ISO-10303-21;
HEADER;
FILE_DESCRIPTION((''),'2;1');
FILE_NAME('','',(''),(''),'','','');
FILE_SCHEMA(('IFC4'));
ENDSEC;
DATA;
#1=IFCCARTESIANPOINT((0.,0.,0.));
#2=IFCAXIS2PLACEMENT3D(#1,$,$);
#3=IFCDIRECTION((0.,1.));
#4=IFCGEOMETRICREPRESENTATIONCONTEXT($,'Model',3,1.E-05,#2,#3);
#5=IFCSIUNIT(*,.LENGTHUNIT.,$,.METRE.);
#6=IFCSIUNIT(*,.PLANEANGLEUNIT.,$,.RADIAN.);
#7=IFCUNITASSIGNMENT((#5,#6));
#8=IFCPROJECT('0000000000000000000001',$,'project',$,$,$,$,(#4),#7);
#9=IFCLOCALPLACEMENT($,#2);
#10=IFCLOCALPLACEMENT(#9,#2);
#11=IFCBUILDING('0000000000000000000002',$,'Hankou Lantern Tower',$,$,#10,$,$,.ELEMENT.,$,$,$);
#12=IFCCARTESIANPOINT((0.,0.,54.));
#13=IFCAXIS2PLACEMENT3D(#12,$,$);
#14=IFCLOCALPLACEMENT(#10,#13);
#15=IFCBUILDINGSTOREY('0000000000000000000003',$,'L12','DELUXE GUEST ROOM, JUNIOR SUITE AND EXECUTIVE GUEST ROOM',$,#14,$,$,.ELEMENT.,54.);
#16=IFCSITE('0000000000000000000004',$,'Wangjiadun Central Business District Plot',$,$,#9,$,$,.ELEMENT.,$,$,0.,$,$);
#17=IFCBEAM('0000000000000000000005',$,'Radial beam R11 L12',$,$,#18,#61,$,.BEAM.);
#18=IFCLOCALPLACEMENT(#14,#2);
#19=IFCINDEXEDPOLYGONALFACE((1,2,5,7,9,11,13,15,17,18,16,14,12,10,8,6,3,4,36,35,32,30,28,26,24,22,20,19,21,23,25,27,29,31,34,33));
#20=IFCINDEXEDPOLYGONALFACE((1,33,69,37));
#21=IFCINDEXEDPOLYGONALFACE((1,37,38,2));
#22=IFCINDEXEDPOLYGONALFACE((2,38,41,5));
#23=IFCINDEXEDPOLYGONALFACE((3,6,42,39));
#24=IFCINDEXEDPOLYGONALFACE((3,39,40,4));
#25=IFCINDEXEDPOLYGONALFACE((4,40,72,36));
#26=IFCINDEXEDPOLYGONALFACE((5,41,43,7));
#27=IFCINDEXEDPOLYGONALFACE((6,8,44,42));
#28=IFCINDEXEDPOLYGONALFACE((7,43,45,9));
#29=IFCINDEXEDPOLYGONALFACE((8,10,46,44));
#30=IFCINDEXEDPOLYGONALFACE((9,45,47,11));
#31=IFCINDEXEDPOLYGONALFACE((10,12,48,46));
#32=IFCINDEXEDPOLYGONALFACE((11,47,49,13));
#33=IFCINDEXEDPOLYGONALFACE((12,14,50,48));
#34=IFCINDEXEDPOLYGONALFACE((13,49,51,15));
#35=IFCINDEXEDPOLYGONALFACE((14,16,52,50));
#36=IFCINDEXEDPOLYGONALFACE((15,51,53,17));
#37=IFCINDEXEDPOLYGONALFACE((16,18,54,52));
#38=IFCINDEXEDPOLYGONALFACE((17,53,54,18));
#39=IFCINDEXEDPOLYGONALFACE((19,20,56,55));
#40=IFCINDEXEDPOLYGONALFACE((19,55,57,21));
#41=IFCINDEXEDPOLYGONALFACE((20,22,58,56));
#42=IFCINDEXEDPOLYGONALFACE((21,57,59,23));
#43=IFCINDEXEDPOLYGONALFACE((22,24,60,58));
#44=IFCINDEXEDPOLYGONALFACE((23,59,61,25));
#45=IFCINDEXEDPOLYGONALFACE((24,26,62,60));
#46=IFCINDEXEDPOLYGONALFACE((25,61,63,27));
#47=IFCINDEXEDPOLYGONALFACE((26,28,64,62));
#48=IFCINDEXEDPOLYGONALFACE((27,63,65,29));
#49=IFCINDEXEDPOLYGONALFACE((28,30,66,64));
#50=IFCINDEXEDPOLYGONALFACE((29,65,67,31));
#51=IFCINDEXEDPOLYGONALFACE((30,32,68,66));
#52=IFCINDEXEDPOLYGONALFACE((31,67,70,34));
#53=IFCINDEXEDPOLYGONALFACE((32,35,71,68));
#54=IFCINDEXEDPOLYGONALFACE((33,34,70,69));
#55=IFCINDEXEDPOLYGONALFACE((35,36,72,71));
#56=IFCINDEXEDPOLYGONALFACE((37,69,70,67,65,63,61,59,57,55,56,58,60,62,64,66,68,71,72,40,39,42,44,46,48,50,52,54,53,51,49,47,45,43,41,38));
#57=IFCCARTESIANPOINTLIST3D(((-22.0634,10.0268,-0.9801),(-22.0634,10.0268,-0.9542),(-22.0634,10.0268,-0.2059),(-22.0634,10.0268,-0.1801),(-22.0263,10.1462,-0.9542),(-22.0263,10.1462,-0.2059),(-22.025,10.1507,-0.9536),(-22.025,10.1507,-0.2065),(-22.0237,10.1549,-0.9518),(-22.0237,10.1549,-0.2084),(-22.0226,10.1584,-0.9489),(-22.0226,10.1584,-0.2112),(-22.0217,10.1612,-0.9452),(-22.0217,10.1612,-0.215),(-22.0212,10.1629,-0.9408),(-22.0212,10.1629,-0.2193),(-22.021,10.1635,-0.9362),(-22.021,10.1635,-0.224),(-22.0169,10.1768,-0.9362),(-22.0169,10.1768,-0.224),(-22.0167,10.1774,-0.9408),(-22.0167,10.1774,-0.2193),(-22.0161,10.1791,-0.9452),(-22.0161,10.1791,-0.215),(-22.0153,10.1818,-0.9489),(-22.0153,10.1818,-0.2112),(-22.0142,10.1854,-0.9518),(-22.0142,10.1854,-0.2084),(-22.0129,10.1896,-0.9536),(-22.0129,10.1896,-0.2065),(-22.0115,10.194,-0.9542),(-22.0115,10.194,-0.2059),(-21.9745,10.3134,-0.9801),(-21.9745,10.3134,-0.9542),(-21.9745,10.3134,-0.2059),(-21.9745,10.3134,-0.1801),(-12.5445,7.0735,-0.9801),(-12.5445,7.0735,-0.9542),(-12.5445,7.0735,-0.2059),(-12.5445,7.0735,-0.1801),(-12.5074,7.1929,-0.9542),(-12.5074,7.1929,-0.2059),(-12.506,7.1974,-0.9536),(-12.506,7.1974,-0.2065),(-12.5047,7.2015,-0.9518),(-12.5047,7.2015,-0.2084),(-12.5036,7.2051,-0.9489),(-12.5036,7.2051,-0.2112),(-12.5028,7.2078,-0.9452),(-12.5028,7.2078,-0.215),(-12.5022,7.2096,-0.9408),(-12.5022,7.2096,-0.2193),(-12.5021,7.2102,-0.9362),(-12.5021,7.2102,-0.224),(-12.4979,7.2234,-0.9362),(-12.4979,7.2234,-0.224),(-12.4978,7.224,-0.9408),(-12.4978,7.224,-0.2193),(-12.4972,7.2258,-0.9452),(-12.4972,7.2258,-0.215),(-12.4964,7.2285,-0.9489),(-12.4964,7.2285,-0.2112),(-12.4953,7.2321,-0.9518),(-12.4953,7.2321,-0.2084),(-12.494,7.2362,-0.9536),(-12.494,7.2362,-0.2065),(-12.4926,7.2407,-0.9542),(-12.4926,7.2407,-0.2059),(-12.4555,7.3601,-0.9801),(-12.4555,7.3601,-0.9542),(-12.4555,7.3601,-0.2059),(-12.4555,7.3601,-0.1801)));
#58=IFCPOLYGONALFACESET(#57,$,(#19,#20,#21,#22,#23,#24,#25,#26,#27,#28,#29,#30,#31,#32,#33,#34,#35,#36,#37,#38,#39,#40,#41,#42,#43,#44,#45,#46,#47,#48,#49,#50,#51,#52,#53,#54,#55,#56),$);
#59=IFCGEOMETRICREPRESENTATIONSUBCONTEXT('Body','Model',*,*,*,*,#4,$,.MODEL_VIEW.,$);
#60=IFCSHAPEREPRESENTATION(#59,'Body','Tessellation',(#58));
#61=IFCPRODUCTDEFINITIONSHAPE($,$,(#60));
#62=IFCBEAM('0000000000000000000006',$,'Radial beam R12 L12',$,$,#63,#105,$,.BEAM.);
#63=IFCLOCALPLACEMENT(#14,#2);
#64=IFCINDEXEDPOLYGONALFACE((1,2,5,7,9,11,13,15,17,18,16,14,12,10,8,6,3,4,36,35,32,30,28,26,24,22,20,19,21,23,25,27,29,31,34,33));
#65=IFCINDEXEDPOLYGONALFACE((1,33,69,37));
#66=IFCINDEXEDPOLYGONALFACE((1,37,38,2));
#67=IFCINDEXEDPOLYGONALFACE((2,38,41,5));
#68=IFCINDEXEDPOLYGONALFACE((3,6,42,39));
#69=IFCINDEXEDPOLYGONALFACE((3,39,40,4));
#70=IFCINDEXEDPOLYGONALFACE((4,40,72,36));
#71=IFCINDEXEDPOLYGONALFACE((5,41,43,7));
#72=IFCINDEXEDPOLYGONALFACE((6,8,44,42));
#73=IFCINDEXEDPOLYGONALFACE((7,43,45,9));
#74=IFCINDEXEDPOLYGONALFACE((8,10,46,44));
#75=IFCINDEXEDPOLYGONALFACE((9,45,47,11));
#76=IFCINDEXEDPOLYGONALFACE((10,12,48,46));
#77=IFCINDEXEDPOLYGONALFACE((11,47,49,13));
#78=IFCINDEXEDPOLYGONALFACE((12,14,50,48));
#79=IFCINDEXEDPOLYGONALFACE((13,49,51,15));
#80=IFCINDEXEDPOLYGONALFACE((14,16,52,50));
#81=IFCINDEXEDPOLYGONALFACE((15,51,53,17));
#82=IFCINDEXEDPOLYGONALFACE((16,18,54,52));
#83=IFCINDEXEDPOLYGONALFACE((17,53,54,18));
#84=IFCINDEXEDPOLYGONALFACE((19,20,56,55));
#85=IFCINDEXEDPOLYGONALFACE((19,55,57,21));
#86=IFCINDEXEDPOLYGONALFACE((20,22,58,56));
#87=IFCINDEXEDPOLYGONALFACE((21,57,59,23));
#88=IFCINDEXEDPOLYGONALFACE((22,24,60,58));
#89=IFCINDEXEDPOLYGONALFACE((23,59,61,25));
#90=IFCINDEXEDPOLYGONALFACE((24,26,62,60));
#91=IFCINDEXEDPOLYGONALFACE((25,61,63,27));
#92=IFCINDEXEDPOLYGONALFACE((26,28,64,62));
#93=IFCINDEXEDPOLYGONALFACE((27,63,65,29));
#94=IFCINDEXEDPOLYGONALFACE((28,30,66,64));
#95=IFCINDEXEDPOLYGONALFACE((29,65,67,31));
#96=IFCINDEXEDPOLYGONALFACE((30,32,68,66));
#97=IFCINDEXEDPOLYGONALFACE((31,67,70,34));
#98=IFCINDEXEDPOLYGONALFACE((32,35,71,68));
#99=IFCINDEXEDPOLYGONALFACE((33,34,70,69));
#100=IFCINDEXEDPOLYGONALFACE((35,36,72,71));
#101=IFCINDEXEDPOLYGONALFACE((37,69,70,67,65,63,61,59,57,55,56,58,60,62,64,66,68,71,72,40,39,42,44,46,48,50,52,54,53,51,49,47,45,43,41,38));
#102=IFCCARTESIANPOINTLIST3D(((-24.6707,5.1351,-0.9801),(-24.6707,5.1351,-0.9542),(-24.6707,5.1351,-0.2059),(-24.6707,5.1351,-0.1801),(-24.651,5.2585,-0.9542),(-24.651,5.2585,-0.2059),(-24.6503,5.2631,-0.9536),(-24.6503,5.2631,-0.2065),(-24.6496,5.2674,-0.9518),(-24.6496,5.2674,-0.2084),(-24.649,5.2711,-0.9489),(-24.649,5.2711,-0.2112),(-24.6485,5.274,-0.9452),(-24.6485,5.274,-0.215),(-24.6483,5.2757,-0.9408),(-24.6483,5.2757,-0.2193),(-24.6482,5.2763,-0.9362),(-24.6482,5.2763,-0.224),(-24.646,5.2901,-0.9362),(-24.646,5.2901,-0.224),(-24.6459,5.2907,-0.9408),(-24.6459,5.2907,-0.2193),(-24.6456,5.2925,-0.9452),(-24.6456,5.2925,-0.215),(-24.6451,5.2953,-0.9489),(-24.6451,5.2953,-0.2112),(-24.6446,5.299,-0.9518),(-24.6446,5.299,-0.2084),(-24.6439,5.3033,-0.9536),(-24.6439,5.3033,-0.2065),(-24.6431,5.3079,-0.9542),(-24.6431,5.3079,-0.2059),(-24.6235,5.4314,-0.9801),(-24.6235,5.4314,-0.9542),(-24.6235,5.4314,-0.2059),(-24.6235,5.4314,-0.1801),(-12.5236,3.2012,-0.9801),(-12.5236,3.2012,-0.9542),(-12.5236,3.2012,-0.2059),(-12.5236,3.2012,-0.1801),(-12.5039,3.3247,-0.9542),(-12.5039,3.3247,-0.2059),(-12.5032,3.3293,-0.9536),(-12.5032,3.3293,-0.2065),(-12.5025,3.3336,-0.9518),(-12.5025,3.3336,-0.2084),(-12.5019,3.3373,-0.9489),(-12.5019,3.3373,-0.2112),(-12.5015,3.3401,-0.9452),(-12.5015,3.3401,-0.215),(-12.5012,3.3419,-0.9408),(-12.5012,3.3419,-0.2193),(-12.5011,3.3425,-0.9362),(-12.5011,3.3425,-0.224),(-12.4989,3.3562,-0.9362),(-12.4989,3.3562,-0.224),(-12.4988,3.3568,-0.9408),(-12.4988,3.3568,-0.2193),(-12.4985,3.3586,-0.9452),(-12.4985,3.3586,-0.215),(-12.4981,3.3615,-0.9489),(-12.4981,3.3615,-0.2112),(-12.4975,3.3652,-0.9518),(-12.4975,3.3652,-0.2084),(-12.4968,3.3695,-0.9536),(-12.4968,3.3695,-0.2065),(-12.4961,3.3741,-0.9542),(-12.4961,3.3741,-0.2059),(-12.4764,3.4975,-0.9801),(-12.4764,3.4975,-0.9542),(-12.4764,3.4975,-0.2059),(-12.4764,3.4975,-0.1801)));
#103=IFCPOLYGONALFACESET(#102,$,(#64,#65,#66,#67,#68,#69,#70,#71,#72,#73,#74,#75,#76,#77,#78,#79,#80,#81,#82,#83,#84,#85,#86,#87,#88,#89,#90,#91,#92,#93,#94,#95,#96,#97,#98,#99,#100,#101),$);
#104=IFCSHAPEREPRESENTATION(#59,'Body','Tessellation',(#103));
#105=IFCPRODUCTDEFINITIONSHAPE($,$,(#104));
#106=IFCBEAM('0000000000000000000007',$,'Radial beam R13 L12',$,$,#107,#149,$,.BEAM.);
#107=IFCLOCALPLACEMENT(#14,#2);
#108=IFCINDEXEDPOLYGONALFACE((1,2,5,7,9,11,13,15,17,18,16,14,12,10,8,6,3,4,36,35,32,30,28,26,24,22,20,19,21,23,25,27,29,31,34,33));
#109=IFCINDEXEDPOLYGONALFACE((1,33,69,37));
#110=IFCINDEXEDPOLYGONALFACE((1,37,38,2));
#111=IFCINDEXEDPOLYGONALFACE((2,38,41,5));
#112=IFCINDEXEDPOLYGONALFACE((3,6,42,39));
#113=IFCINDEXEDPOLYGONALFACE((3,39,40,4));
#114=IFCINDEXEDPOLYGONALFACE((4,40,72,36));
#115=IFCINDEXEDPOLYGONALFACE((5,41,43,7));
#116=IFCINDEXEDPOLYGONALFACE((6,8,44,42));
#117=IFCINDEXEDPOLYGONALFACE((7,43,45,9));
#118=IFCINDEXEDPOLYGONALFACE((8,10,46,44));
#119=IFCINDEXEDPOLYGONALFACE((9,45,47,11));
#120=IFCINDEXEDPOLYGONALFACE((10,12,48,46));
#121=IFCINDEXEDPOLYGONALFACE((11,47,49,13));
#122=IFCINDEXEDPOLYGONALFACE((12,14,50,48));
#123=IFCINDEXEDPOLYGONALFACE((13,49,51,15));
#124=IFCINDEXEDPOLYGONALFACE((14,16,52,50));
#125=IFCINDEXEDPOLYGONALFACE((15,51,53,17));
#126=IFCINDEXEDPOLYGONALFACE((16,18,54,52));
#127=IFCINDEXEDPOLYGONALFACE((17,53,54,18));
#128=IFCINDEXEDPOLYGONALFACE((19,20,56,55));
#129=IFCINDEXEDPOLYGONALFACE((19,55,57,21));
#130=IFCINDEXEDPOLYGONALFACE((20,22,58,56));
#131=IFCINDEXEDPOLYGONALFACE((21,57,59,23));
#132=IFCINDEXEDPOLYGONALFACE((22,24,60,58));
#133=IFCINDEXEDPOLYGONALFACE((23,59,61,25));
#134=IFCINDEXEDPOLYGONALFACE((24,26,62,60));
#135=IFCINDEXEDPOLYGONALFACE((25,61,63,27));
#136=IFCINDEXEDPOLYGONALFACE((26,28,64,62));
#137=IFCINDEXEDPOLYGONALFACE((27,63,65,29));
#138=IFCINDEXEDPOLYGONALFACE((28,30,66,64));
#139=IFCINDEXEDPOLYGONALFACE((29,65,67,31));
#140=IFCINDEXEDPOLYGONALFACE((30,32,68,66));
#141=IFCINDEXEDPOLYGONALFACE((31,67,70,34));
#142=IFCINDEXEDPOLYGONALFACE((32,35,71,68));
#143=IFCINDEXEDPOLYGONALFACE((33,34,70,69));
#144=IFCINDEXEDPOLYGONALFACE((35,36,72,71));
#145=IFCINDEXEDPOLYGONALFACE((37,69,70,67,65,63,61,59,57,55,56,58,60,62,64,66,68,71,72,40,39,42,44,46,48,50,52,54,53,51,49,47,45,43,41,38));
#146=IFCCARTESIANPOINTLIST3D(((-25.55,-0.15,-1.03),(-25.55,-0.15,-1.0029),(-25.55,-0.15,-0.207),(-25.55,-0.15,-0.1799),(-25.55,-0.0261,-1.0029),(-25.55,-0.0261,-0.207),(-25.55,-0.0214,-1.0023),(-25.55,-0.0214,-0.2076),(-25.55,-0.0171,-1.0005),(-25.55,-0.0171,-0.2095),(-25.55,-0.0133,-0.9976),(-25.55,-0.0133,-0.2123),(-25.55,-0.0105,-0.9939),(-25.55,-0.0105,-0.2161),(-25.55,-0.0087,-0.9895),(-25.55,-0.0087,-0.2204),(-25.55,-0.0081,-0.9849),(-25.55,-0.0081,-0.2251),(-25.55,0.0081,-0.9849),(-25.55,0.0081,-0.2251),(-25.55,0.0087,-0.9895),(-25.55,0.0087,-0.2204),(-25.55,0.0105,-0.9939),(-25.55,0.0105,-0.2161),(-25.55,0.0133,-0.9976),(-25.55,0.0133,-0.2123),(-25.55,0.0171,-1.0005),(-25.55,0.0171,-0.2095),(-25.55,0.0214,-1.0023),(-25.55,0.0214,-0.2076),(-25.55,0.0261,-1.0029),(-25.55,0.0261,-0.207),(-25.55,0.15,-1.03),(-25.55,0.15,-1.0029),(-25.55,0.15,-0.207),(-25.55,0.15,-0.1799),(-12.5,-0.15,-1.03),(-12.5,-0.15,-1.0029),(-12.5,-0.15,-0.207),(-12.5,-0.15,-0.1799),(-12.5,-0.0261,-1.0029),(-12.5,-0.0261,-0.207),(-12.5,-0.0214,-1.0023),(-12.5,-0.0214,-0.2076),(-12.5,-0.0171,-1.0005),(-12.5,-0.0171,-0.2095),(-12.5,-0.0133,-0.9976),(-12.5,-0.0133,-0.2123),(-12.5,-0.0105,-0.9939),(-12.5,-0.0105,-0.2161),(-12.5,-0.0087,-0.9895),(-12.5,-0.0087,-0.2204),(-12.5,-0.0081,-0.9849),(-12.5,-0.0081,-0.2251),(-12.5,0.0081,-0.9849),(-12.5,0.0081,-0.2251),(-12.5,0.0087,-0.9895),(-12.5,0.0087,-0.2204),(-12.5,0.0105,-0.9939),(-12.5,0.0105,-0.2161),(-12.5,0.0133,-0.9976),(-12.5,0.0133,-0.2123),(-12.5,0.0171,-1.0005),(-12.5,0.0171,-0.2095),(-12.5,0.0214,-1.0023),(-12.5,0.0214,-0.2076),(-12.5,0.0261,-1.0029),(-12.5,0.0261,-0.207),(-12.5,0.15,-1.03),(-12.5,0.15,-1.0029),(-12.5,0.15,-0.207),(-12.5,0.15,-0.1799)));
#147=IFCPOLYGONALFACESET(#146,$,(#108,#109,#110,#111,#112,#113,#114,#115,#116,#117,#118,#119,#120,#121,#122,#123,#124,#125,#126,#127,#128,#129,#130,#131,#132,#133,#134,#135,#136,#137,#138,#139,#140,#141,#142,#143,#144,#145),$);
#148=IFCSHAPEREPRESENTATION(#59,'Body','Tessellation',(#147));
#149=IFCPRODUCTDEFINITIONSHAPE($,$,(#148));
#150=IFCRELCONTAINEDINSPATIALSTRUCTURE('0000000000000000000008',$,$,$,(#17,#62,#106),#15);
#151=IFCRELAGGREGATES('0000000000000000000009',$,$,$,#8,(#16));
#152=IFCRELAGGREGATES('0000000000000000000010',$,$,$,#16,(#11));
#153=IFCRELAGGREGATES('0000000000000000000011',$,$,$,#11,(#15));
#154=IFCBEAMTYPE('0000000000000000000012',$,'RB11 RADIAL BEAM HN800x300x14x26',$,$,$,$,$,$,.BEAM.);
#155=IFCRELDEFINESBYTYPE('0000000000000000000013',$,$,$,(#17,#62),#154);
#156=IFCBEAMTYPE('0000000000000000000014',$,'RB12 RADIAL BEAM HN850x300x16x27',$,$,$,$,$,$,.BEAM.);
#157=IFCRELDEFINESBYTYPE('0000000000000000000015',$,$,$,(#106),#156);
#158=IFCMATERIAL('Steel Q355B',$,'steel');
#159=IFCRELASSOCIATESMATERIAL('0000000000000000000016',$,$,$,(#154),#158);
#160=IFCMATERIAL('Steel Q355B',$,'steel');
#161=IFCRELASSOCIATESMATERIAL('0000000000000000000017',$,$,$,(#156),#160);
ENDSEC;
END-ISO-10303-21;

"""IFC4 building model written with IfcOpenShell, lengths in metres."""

from ifc_helpers import new_model, si_unit, direction, frame, origin, origin_2d, place, context, subcontext, project, spatial, i_section, extrude, material, material_profile, profile_set, type_object, element, save


model = new_model("IFC4")

# Units and contexts
model_context = context("Model", 3, precision=1e-05, world=origin(), true_north=direction((0.0, 1.0)))
body_context = subcontext(model_context, "Body", "Model", "MODEL_VIEW")
ifc_project = project(units=[si_unit("LENGTHUNIT", "METRE"), si_unit("PLANEANGLEUNIT", "RADIAN")], contexts=[model_context])

# Site, building, storey
site_placement = place(None, origin())
site = spatial("IfcSite", under=ifc_project, at=site_placement, Name="Wangjiadun Central Business District Plot", CompositionType="ELEMENT", RefElevation=0.0)
building_placement = place(site_placement, origin())
building = spatial("IfcBuilding", under=site, at=building_placement, Name="Hankou Lantern Tower", CompositionType="ELEMENT")
storey_placement = place(building_placement, frame((0.0, 0.0, 54.0)))
storey = spatial("IfcBuildingStorey", under=building, at=storey_placement, Name="L12", Description="DELUXE GUEST ROOM, JUNIOR SUITE AND EXECUTIVE GUEST ROOM", CompositionType="ELEMENT", Elevation=54.0)

# Beams
ifc_material_1 = material(Name="Steel Q355B", Category="steel")
ifc_material_profile_1 = material_profile(ifc_material_1, i_section(OverallWidth=0.3, OverallDepth=0.8, WebThickness=0.0139, FlangeThickness=0.0259, FilletRadius=0.0181, at=origin_2d()), Name="HN800x300x14x26")
ifc_profile_set_1 = profile_set([ifc_material_profile_1], Name="Steel Q355B")
beam_type_1 = type_object("IfcBeamType", Name="RB11 RADIAL BEAM HN800x300x14x26", PredefinedType="BEAM", material=ifc_profile_set_1)
beam_1_placement = place(storey_placement, frame((-12.5, 7.2168, -0.5801), z_axis=(-0.955087, 0.296324, 0.0), x_axis=(-0.296324, -0.955087, 0.0)))
element("IfcBeam", 1, at=beam_1_placement, inside=storey, type_object=beam_type_1, Name="Radial beam R11 L12", PredefinedType="BEAM", context=body_context, shape_type="SweptSolid", body=[
    extrude(i_section(OverallWidth=0.3, OverallDepth=0.8, WebThickness=0.0139, FlangeThickness=0.0259, FilletRadius=0.0181, at=origin_2d()), origin(), (0.0, 0.0, 1.0), 9.9666),
])
beam_2_placement = place(storey_placement, frame((-12.5, 3.3494, -0.5801), z_axis=(-0.987563, 0.157223, 0.0), x_axis=(-0.157223, -0.987563, 0.0)))
element("IfcBeam", 2, at=beam_2_placement, inside=storey, type_object=beam_type_1, Name="Radial beam R12 L12", PredefinedType="BEAM", context=body_context, shape_type="SweptSolid", body=[
    extrude(i_section(OverallWidth=0.3, OverallDepth=0.8, WebThickness=0.0139, FlangeThickness=0.0259, FilletRadius=0.0181, at=origin_2d()), origin(), (0.0, 0.0, 1.0), 12.3),
])
ifc_material_2 = material(Name="Steel Q355B", Category="steel")
ifc_material_profile_2 = material_profile(ifc_material_2, i_section(OverallWidth=0.3, OverallDepth=0.8501, WebThickness=0.0161, FlangeThickness=0.0271, FilletRadius=0.0181, at=origin_2d()), Name="HN850x300x16x27")
ifc_profile_set_2 = profile_set([ifc_material_profile_2], Name="Steel Q355B")
beam_type_2 = type_object("IfcBeamType", Name="RB12 RADIAL BEAM HN850x300x16x27", PredefinedType="BEAM", material=ifc_profile_set_2)
beam_3_placement = place(storey_placement, frame((-12.5, 0.0, -0.605), z_axis=(-1.0, 0.0, 0.0), x_axis=(0.0, -1.0, 0.0)))
element("IfcBeam", 3, at=beam_3_placement, inside=storey, type_object=beam_type_2, Name="Radial beam R13 L12", PredefinedType="BEAM", context=body_context, shape_type="SweptSolid", body=[
    extrude(i_section(OverallWidth=0.3, OverallDepth=0.8501, WebThickness=0.0161, FlangeThickness=0.0271, FilletRadius=0.0181, at=origin_2d()), origin(), (0.0, 0.0, 1.0), 13.05),
])

save(model, "model.ifc")
